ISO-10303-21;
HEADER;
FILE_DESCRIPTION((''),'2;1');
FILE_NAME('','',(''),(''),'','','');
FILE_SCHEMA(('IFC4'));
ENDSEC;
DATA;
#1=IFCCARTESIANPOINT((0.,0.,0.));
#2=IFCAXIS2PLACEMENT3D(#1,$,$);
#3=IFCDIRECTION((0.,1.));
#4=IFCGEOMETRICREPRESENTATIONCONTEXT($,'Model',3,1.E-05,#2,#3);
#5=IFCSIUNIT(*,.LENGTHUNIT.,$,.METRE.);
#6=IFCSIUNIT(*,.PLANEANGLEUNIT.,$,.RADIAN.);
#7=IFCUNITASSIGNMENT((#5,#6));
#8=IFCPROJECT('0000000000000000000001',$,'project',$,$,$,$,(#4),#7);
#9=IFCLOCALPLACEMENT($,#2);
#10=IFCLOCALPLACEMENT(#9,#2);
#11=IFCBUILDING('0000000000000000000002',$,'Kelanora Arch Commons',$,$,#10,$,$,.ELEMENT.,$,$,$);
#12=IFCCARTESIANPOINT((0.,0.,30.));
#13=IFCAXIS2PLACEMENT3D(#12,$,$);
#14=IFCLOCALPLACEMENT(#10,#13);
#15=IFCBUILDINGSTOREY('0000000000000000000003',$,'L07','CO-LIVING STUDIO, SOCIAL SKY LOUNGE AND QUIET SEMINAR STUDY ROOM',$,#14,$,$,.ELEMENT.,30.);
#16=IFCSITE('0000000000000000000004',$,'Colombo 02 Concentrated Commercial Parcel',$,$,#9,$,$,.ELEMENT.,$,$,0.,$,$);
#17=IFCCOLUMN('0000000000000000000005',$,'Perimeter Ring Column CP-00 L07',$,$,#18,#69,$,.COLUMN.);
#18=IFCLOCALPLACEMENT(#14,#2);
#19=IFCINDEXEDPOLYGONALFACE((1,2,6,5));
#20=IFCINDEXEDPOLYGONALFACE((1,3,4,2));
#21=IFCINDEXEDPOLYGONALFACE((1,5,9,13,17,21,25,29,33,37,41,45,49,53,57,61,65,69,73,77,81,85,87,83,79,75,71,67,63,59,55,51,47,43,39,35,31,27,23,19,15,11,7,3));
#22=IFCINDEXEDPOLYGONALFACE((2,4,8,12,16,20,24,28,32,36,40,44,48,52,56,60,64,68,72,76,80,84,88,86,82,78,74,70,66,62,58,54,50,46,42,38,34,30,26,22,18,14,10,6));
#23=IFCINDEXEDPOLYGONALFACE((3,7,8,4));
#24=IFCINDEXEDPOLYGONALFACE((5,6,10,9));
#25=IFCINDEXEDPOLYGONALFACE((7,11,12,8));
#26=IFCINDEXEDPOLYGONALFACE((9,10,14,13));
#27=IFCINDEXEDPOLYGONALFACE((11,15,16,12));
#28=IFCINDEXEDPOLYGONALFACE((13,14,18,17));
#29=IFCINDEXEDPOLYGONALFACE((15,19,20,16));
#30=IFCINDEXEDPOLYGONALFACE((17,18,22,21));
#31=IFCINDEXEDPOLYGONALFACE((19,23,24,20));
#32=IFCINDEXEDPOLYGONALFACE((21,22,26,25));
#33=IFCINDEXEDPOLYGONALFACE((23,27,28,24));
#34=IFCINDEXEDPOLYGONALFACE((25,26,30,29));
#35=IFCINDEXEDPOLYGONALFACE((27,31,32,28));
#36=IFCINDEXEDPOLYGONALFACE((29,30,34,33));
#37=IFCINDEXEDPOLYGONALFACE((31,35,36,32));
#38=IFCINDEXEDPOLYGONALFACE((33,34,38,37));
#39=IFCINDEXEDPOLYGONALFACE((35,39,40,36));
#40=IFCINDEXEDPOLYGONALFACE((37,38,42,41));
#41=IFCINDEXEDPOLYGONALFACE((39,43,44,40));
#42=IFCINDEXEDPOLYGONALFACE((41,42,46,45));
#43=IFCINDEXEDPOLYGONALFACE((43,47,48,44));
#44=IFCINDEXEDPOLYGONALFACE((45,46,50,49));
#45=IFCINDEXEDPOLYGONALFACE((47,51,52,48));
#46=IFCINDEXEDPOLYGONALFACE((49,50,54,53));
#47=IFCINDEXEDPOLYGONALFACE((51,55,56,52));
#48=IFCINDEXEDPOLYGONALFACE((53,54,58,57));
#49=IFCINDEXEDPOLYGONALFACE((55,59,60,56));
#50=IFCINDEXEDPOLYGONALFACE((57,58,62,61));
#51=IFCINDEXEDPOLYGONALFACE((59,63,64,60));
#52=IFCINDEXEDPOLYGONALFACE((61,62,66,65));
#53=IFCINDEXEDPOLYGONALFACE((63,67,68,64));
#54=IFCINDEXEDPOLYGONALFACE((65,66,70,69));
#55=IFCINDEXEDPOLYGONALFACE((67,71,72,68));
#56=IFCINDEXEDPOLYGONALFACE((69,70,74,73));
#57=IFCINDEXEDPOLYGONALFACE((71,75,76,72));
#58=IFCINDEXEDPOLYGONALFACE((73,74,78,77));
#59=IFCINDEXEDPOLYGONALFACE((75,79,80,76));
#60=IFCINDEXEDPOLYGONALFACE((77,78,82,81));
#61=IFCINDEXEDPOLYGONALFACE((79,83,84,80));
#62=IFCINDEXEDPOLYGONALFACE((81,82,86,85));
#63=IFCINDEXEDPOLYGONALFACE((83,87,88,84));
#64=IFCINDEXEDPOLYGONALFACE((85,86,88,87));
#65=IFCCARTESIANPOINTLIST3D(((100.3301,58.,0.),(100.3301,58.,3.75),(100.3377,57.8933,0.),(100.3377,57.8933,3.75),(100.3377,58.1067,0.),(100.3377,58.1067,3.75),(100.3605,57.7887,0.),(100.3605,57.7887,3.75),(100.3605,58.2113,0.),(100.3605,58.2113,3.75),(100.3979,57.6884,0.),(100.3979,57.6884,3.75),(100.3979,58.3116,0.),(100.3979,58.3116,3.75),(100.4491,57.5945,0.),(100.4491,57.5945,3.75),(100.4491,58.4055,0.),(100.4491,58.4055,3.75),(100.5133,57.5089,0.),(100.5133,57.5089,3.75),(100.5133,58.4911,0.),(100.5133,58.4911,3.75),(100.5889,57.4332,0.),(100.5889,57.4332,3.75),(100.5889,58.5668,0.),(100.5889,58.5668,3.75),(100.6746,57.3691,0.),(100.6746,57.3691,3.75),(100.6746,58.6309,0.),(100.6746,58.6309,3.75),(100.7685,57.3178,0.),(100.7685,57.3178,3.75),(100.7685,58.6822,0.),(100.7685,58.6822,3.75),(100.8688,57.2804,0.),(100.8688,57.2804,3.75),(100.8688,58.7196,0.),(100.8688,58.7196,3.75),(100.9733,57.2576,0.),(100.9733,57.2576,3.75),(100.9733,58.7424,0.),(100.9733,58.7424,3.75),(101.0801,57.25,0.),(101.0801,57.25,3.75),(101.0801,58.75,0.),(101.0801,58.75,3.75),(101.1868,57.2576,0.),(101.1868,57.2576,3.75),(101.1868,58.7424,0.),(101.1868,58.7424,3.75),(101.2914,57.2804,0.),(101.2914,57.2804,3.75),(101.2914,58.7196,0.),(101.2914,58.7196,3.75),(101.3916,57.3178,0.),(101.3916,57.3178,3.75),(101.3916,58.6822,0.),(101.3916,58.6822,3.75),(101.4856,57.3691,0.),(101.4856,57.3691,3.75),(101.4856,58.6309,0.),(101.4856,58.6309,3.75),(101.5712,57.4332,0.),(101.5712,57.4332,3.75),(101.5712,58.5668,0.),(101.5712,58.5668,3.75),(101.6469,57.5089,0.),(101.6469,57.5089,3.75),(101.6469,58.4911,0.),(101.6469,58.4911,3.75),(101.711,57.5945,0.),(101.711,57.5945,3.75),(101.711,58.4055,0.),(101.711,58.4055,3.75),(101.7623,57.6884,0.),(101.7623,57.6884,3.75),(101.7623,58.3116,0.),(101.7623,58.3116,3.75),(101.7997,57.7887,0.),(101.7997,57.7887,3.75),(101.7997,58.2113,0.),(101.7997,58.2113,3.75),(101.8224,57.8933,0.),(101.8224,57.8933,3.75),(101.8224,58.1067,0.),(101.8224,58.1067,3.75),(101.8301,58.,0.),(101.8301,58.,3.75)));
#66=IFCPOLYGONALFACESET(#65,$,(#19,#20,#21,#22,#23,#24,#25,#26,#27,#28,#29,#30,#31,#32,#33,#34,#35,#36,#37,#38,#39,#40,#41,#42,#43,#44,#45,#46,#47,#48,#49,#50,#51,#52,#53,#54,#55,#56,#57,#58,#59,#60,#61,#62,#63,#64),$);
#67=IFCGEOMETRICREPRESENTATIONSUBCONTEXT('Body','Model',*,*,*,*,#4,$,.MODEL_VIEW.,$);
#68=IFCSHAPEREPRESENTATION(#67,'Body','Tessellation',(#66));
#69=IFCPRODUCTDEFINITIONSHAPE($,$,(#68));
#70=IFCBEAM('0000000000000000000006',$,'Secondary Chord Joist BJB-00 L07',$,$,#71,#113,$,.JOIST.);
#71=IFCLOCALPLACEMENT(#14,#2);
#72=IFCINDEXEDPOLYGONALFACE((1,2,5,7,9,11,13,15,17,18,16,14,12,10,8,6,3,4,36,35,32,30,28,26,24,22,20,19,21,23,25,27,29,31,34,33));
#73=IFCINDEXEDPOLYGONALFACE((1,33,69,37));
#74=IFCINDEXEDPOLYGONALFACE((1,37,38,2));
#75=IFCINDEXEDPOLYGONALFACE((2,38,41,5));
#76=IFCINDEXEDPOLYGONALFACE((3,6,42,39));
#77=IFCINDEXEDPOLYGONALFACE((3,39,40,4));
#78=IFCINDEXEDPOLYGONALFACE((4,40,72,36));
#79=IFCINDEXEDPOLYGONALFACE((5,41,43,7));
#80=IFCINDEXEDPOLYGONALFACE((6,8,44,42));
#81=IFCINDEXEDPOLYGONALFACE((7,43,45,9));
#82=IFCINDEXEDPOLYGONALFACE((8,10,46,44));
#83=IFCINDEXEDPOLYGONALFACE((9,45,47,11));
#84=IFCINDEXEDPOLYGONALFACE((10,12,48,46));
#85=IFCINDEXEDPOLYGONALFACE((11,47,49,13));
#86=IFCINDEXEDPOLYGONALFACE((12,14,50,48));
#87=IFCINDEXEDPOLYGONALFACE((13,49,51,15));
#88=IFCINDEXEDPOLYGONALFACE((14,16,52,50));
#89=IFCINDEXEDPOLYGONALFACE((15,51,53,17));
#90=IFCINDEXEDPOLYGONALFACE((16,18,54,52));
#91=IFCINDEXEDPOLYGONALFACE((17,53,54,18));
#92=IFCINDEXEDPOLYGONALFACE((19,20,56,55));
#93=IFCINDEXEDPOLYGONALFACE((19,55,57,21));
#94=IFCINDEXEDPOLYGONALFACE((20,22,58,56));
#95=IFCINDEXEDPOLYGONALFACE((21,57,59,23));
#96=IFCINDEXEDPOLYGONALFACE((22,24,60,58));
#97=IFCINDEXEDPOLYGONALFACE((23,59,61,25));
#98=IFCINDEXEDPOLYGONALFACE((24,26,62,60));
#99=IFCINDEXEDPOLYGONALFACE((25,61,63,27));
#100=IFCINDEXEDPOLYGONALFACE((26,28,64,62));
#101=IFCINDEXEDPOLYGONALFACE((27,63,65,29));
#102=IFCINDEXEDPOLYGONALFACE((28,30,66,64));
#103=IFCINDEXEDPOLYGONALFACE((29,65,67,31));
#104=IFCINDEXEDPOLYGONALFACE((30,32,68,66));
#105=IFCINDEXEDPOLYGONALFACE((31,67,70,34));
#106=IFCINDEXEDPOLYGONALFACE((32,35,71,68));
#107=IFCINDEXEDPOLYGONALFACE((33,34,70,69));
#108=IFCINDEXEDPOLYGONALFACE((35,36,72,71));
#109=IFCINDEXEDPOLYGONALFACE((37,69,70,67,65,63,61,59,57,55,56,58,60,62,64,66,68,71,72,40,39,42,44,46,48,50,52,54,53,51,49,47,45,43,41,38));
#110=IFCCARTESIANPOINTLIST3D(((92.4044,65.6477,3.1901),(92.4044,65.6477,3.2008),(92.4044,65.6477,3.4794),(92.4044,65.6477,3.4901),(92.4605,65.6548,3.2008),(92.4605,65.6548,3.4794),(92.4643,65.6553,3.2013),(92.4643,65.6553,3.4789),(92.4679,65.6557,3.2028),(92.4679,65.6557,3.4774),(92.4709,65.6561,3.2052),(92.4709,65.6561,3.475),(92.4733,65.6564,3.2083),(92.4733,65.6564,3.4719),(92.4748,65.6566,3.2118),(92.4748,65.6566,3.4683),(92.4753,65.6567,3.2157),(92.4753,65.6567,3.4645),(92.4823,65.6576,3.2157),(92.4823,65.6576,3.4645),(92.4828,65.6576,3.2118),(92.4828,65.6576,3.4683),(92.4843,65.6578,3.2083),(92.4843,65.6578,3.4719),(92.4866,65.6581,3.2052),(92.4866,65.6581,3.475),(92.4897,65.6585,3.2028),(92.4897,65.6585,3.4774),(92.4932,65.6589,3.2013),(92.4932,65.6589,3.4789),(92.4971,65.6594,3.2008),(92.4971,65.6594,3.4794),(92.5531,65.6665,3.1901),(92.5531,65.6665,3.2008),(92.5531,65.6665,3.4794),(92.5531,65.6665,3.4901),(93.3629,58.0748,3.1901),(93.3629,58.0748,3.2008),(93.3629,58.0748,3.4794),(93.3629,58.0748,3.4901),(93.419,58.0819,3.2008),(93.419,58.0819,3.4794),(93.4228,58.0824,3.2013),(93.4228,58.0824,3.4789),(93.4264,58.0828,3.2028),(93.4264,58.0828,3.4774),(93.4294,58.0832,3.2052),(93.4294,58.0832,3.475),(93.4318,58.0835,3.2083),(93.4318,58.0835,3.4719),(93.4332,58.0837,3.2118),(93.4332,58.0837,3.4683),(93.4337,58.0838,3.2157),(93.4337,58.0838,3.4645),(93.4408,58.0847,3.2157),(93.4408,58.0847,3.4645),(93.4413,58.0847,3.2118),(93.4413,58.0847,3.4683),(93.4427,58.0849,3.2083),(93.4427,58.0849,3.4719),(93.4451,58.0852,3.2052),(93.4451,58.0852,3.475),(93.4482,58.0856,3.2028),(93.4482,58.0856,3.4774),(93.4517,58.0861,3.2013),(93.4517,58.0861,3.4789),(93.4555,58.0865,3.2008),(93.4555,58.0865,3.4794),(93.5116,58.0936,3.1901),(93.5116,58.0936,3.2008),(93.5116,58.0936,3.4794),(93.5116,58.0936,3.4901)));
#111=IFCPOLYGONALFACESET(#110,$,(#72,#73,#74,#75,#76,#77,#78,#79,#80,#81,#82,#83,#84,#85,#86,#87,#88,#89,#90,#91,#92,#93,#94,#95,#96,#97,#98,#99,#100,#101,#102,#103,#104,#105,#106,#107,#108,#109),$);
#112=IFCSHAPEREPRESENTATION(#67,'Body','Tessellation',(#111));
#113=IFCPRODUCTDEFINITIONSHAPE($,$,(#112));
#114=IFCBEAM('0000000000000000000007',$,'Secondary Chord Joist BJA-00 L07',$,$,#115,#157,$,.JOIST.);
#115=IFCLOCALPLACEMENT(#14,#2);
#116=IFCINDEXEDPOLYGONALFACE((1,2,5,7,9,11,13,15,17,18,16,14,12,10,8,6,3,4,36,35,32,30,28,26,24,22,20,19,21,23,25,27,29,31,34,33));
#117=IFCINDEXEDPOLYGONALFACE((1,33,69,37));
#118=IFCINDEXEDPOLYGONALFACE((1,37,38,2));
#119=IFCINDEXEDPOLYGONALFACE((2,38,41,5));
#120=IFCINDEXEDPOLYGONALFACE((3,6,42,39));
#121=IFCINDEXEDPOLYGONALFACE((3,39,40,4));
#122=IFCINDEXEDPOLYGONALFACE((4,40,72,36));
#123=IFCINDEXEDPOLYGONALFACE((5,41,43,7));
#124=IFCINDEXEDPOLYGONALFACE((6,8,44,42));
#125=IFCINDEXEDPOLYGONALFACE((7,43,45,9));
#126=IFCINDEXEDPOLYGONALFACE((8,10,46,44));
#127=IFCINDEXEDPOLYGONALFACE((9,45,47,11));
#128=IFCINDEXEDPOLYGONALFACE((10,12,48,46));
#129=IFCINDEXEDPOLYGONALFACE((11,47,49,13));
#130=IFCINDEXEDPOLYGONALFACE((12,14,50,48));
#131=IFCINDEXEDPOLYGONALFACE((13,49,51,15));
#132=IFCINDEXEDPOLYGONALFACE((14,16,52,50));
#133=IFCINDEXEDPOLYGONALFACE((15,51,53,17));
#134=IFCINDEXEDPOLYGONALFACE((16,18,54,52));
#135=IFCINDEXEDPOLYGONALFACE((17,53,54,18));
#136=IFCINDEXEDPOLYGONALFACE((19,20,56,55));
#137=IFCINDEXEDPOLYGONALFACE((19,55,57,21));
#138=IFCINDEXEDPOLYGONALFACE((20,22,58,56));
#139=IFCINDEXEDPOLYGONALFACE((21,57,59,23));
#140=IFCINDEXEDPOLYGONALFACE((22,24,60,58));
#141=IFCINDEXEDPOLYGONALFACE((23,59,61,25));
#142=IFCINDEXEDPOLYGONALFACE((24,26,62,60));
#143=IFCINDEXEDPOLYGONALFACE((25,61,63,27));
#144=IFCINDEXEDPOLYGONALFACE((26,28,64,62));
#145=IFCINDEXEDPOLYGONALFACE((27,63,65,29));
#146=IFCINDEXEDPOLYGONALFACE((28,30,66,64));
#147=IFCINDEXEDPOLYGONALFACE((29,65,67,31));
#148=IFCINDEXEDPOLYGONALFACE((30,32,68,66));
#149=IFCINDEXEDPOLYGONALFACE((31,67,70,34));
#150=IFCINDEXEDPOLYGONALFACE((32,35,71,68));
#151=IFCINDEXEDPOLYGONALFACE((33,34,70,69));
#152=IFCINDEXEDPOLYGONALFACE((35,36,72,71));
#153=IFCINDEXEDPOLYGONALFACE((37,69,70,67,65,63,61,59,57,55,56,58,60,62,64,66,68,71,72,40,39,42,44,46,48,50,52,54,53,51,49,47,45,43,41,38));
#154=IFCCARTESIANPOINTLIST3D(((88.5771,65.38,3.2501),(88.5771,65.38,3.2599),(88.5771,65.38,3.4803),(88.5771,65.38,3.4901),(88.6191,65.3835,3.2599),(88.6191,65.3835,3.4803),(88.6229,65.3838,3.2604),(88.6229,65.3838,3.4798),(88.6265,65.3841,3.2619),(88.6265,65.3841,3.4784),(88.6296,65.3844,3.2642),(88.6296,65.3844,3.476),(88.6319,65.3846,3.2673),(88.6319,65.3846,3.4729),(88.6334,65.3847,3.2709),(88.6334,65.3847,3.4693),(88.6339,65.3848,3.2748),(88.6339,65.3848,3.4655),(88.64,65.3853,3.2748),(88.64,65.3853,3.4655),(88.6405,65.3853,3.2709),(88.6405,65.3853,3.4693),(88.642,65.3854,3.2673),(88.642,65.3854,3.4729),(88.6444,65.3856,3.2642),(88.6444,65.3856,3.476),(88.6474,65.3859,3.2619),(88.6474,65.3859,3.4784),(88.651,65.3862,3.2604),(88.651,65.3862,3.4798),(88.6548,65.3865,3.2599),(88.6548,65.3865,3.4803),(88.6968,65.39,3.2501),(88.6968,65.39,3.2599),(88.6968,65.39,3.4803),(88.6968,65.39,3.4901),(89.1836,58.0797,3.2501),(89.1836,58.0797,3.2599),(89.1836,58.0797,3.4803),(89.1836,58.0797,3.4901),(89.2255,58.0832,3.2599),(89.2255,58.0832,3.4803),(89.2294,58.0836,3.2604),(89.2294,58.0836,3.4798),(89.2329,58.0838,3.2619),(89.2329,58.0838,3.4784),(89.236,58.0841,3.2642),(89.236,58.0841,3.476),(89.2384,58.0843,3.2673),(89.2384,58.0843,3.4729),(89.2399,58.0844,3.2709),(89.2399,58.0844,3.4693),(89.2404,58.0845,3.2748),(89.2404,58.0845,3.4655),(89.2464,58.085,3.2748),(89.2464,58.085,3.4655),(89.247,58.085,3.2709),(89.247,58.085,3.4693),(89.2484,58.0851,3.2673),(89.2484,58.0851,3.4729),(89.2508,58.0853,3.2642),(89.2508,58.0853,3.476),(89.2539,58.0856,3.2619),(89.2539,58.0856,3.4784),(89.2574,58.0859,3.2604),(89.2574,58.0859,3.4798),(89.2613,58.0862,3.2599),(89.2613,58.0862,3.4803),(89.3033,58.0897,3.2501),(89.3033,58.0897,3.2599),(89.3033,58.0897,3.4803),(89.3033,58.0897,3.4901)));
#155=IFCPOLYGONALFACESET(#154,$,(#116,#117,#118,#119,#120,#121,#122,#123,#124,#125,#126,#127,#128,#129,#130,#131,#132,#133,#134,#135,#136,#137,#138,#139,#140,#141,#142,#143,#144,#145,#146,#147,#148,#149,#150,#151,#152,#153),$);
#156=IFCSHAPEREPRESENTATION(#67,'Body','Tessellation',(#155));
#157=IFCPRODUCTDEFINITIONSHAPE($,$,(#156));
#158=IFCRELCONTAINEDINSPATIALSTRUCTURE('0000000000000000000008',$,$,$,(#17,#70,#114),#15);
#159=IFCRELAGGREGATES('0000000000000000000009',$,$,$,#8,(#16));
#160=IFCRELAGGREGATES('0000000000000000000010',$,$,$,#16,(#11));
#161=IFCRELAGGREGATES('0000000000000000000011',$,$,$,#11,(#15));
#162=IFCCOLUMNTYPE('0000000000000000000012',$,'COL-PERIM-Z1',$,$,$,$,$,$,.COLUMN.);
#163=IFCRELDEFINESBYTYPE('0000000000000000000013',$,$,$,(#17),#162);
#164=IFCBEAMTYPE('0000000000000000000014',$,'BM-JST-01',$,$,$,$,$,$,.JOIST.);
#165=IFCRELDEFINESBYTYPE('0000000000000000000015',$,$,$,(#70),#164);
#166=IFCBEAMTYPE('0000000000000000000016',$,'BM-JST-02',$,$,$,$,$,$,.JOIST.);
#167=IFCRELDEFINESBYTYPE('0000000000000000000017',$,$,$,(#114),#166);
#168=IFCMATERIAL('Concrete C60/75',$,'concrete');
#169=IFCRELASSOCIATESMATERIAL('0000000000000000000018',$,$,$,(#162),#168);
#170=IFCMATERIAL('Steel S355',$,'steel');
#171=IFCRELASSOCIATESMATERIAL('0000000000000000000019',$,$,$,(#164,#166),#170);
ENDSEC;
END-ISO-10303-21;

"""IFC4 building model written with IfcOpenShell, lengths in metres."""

from ifc_helpers import new_model, si_unit, direction, frame, origin, origin_2d, place, context, subcontext, project, spatial, circle, i_section, extrude, material, material_profile, profile_set, type_object, element, save


model = new_model("IFC4")

# Units and contexts
model_context = context("Model", 3, precision=1e-05, world=origin(), true_north=direction((0.0, 1.0)))
body_context = subcontext(model_context, "Body", "Model", "MODEL_VIEW")
ifc_project = project(units=[si_unit("LENGTHUNIT", "METRE"), si_unit("PLANEANGLEUNIT", "RADIAN")], contexts=[model_context])

# Site, building, storey
site_placement = place(None, origin())
site = spatial("IfcSite", under=ifc_project, at=site_placement, Name="Colombo 02 Concentrated Commercial Parcel", CompositionType="ELEMENT", RefElevation=0.0)
building_placement = place(site_placement, origin())
building = spatial("IfcBuilding", under=site, at=building_placement, Name="Kelanora Arch Commons", CompositionType="ELEMENT")
storey_placement = place(building_placement, frame((0.0, 0.0, 30.0)))
storey = spatial("IfcBuildingStorey", under=building, at=storey_placement, Name="L07", Description="CO-LIVING STUDIO, SOCIAL SKY LOUNGE AND QUIET SEMINAR STUDY ROOM", CompositionType="ELEMENT", Elevation=30.0)

# Column
ifc_material_1 = material(Name="Concrete C60/75", Category="concrete")
ifc_material_profile_1 = material_profile(ifc_material_1, circle(Radius=0.75, at=origin_2d()), Name="RCC1500")
ifc_profile_set_1 = profile_set([ifc_material_profile_1], Name="Concrete C60/75")
column_type = type_object("IfcColumnType", Name="COL-PERIM-Z1", PredefinedType="COLUMN", material=ifc_profile_set_1)
column_placement = place(storey_placement, frame((101.0801, 58.0, 0.0), z_axis=(0.0, 0.0, 1.0), x_axis=(1.0, 0.0, 0.0)))
element("IfcColumn", 1, at=column_placement, inside=storey, type_object=column_type, Name="Perimeter Ring Column CP-00 L07", PredefinedType="COLUMN", context=body_context, shape_type="SweptSolid", body=[
    extrude(circle(Radius=0.75, at=origin_2d()), origin(), (0.0, 0.0, 1.0), 3.75),
])

# Beams
ifc_material_2 = material(Name="Steel S355", Category="steel")
ifc_material_profile_2 = material_profile(ifc_material_2, i_section(OverallWidth=0.1499, OverallDepth=0.3, WebThickness=0.0071, FlangeThickness=0.0107, FilletRadius=0.0149, at=origin_2d()), Name="IPE300")
ifc_profile_set_2 = profile_set([ifc_material_profile_2], Name="Steel S355")
beam_type_1 = type_object("IfcBeamType", Name="BM-JST-01", PredefinedType="JOIST", material=ifc_profile_set_2)
beam_1_placement = place(storey_placement, frame((93.4373, 58.0842, 3.3401), z_axis=(-0.125566, 0.992085, 0.0), x_axis=(-0.992085, -0.125566, 0.0)))
element("IfcBeam", 2, at=beam_1_placement, inside=storey, type_object=beam_type_1, Name="Secondary Chord Joist BJB-00 L07", PredefinedType="JOIST", context=body_context, shape_type="SweptSolid", body=[
    extrude(i_section(OverallWidth=0.1499, OverallDepth=0.3, WebThickness=0.0071, FlangeThickness=0.0107, FilletRadius=0.0149, at=origin_2d()), origin(), (0.0, 0.0, 1.0), 7.6333),
])
ifc_material_profile_3 = material_profile(ifc_material_2, i_section(OverallWidth=0.1201, OverallDepth=0.24, WebThickness=0.0061, FlangeThickness=0.0098, FilletRadius=0.0149, at=origin_2d()), Name="IPE240")
ifc_profile_set_3 = profile_set([ifc_material_profile_3], Name="Steel S355")
beam_type_2 = type_object("IfcBeamType", Name="BM-JST-02", PredefinedType="JOIST", material=ifc_profile_set_3)
beam_2_placement = place(storey_placement, frame((89.2434, 58.0847, 3.3701), z_axis=(-0.082786, 0.996567, 0.0), x_axis=(-0.996567, -0.082786, 0.0)))
element("IfcBeam", 3, at=beam_2_placement, inside=storey, type_object=beam_type_2, Name="Secondary Chord Joist BJA-00 L07", PredefinedType="JOIST", context=body_context, shape_type="SweptSolid", body=[
    extrude(i_section(OverallWidth=0.1201, OverallDepth=0.24, WebThickness=0.0061, FlangeThickness=0.0098, FilletRadius=0.0149, at=origin_2d()), origin(), (0.0, 0.0, 1.0), 7.3254),
])

save(model, "model.ifc")
